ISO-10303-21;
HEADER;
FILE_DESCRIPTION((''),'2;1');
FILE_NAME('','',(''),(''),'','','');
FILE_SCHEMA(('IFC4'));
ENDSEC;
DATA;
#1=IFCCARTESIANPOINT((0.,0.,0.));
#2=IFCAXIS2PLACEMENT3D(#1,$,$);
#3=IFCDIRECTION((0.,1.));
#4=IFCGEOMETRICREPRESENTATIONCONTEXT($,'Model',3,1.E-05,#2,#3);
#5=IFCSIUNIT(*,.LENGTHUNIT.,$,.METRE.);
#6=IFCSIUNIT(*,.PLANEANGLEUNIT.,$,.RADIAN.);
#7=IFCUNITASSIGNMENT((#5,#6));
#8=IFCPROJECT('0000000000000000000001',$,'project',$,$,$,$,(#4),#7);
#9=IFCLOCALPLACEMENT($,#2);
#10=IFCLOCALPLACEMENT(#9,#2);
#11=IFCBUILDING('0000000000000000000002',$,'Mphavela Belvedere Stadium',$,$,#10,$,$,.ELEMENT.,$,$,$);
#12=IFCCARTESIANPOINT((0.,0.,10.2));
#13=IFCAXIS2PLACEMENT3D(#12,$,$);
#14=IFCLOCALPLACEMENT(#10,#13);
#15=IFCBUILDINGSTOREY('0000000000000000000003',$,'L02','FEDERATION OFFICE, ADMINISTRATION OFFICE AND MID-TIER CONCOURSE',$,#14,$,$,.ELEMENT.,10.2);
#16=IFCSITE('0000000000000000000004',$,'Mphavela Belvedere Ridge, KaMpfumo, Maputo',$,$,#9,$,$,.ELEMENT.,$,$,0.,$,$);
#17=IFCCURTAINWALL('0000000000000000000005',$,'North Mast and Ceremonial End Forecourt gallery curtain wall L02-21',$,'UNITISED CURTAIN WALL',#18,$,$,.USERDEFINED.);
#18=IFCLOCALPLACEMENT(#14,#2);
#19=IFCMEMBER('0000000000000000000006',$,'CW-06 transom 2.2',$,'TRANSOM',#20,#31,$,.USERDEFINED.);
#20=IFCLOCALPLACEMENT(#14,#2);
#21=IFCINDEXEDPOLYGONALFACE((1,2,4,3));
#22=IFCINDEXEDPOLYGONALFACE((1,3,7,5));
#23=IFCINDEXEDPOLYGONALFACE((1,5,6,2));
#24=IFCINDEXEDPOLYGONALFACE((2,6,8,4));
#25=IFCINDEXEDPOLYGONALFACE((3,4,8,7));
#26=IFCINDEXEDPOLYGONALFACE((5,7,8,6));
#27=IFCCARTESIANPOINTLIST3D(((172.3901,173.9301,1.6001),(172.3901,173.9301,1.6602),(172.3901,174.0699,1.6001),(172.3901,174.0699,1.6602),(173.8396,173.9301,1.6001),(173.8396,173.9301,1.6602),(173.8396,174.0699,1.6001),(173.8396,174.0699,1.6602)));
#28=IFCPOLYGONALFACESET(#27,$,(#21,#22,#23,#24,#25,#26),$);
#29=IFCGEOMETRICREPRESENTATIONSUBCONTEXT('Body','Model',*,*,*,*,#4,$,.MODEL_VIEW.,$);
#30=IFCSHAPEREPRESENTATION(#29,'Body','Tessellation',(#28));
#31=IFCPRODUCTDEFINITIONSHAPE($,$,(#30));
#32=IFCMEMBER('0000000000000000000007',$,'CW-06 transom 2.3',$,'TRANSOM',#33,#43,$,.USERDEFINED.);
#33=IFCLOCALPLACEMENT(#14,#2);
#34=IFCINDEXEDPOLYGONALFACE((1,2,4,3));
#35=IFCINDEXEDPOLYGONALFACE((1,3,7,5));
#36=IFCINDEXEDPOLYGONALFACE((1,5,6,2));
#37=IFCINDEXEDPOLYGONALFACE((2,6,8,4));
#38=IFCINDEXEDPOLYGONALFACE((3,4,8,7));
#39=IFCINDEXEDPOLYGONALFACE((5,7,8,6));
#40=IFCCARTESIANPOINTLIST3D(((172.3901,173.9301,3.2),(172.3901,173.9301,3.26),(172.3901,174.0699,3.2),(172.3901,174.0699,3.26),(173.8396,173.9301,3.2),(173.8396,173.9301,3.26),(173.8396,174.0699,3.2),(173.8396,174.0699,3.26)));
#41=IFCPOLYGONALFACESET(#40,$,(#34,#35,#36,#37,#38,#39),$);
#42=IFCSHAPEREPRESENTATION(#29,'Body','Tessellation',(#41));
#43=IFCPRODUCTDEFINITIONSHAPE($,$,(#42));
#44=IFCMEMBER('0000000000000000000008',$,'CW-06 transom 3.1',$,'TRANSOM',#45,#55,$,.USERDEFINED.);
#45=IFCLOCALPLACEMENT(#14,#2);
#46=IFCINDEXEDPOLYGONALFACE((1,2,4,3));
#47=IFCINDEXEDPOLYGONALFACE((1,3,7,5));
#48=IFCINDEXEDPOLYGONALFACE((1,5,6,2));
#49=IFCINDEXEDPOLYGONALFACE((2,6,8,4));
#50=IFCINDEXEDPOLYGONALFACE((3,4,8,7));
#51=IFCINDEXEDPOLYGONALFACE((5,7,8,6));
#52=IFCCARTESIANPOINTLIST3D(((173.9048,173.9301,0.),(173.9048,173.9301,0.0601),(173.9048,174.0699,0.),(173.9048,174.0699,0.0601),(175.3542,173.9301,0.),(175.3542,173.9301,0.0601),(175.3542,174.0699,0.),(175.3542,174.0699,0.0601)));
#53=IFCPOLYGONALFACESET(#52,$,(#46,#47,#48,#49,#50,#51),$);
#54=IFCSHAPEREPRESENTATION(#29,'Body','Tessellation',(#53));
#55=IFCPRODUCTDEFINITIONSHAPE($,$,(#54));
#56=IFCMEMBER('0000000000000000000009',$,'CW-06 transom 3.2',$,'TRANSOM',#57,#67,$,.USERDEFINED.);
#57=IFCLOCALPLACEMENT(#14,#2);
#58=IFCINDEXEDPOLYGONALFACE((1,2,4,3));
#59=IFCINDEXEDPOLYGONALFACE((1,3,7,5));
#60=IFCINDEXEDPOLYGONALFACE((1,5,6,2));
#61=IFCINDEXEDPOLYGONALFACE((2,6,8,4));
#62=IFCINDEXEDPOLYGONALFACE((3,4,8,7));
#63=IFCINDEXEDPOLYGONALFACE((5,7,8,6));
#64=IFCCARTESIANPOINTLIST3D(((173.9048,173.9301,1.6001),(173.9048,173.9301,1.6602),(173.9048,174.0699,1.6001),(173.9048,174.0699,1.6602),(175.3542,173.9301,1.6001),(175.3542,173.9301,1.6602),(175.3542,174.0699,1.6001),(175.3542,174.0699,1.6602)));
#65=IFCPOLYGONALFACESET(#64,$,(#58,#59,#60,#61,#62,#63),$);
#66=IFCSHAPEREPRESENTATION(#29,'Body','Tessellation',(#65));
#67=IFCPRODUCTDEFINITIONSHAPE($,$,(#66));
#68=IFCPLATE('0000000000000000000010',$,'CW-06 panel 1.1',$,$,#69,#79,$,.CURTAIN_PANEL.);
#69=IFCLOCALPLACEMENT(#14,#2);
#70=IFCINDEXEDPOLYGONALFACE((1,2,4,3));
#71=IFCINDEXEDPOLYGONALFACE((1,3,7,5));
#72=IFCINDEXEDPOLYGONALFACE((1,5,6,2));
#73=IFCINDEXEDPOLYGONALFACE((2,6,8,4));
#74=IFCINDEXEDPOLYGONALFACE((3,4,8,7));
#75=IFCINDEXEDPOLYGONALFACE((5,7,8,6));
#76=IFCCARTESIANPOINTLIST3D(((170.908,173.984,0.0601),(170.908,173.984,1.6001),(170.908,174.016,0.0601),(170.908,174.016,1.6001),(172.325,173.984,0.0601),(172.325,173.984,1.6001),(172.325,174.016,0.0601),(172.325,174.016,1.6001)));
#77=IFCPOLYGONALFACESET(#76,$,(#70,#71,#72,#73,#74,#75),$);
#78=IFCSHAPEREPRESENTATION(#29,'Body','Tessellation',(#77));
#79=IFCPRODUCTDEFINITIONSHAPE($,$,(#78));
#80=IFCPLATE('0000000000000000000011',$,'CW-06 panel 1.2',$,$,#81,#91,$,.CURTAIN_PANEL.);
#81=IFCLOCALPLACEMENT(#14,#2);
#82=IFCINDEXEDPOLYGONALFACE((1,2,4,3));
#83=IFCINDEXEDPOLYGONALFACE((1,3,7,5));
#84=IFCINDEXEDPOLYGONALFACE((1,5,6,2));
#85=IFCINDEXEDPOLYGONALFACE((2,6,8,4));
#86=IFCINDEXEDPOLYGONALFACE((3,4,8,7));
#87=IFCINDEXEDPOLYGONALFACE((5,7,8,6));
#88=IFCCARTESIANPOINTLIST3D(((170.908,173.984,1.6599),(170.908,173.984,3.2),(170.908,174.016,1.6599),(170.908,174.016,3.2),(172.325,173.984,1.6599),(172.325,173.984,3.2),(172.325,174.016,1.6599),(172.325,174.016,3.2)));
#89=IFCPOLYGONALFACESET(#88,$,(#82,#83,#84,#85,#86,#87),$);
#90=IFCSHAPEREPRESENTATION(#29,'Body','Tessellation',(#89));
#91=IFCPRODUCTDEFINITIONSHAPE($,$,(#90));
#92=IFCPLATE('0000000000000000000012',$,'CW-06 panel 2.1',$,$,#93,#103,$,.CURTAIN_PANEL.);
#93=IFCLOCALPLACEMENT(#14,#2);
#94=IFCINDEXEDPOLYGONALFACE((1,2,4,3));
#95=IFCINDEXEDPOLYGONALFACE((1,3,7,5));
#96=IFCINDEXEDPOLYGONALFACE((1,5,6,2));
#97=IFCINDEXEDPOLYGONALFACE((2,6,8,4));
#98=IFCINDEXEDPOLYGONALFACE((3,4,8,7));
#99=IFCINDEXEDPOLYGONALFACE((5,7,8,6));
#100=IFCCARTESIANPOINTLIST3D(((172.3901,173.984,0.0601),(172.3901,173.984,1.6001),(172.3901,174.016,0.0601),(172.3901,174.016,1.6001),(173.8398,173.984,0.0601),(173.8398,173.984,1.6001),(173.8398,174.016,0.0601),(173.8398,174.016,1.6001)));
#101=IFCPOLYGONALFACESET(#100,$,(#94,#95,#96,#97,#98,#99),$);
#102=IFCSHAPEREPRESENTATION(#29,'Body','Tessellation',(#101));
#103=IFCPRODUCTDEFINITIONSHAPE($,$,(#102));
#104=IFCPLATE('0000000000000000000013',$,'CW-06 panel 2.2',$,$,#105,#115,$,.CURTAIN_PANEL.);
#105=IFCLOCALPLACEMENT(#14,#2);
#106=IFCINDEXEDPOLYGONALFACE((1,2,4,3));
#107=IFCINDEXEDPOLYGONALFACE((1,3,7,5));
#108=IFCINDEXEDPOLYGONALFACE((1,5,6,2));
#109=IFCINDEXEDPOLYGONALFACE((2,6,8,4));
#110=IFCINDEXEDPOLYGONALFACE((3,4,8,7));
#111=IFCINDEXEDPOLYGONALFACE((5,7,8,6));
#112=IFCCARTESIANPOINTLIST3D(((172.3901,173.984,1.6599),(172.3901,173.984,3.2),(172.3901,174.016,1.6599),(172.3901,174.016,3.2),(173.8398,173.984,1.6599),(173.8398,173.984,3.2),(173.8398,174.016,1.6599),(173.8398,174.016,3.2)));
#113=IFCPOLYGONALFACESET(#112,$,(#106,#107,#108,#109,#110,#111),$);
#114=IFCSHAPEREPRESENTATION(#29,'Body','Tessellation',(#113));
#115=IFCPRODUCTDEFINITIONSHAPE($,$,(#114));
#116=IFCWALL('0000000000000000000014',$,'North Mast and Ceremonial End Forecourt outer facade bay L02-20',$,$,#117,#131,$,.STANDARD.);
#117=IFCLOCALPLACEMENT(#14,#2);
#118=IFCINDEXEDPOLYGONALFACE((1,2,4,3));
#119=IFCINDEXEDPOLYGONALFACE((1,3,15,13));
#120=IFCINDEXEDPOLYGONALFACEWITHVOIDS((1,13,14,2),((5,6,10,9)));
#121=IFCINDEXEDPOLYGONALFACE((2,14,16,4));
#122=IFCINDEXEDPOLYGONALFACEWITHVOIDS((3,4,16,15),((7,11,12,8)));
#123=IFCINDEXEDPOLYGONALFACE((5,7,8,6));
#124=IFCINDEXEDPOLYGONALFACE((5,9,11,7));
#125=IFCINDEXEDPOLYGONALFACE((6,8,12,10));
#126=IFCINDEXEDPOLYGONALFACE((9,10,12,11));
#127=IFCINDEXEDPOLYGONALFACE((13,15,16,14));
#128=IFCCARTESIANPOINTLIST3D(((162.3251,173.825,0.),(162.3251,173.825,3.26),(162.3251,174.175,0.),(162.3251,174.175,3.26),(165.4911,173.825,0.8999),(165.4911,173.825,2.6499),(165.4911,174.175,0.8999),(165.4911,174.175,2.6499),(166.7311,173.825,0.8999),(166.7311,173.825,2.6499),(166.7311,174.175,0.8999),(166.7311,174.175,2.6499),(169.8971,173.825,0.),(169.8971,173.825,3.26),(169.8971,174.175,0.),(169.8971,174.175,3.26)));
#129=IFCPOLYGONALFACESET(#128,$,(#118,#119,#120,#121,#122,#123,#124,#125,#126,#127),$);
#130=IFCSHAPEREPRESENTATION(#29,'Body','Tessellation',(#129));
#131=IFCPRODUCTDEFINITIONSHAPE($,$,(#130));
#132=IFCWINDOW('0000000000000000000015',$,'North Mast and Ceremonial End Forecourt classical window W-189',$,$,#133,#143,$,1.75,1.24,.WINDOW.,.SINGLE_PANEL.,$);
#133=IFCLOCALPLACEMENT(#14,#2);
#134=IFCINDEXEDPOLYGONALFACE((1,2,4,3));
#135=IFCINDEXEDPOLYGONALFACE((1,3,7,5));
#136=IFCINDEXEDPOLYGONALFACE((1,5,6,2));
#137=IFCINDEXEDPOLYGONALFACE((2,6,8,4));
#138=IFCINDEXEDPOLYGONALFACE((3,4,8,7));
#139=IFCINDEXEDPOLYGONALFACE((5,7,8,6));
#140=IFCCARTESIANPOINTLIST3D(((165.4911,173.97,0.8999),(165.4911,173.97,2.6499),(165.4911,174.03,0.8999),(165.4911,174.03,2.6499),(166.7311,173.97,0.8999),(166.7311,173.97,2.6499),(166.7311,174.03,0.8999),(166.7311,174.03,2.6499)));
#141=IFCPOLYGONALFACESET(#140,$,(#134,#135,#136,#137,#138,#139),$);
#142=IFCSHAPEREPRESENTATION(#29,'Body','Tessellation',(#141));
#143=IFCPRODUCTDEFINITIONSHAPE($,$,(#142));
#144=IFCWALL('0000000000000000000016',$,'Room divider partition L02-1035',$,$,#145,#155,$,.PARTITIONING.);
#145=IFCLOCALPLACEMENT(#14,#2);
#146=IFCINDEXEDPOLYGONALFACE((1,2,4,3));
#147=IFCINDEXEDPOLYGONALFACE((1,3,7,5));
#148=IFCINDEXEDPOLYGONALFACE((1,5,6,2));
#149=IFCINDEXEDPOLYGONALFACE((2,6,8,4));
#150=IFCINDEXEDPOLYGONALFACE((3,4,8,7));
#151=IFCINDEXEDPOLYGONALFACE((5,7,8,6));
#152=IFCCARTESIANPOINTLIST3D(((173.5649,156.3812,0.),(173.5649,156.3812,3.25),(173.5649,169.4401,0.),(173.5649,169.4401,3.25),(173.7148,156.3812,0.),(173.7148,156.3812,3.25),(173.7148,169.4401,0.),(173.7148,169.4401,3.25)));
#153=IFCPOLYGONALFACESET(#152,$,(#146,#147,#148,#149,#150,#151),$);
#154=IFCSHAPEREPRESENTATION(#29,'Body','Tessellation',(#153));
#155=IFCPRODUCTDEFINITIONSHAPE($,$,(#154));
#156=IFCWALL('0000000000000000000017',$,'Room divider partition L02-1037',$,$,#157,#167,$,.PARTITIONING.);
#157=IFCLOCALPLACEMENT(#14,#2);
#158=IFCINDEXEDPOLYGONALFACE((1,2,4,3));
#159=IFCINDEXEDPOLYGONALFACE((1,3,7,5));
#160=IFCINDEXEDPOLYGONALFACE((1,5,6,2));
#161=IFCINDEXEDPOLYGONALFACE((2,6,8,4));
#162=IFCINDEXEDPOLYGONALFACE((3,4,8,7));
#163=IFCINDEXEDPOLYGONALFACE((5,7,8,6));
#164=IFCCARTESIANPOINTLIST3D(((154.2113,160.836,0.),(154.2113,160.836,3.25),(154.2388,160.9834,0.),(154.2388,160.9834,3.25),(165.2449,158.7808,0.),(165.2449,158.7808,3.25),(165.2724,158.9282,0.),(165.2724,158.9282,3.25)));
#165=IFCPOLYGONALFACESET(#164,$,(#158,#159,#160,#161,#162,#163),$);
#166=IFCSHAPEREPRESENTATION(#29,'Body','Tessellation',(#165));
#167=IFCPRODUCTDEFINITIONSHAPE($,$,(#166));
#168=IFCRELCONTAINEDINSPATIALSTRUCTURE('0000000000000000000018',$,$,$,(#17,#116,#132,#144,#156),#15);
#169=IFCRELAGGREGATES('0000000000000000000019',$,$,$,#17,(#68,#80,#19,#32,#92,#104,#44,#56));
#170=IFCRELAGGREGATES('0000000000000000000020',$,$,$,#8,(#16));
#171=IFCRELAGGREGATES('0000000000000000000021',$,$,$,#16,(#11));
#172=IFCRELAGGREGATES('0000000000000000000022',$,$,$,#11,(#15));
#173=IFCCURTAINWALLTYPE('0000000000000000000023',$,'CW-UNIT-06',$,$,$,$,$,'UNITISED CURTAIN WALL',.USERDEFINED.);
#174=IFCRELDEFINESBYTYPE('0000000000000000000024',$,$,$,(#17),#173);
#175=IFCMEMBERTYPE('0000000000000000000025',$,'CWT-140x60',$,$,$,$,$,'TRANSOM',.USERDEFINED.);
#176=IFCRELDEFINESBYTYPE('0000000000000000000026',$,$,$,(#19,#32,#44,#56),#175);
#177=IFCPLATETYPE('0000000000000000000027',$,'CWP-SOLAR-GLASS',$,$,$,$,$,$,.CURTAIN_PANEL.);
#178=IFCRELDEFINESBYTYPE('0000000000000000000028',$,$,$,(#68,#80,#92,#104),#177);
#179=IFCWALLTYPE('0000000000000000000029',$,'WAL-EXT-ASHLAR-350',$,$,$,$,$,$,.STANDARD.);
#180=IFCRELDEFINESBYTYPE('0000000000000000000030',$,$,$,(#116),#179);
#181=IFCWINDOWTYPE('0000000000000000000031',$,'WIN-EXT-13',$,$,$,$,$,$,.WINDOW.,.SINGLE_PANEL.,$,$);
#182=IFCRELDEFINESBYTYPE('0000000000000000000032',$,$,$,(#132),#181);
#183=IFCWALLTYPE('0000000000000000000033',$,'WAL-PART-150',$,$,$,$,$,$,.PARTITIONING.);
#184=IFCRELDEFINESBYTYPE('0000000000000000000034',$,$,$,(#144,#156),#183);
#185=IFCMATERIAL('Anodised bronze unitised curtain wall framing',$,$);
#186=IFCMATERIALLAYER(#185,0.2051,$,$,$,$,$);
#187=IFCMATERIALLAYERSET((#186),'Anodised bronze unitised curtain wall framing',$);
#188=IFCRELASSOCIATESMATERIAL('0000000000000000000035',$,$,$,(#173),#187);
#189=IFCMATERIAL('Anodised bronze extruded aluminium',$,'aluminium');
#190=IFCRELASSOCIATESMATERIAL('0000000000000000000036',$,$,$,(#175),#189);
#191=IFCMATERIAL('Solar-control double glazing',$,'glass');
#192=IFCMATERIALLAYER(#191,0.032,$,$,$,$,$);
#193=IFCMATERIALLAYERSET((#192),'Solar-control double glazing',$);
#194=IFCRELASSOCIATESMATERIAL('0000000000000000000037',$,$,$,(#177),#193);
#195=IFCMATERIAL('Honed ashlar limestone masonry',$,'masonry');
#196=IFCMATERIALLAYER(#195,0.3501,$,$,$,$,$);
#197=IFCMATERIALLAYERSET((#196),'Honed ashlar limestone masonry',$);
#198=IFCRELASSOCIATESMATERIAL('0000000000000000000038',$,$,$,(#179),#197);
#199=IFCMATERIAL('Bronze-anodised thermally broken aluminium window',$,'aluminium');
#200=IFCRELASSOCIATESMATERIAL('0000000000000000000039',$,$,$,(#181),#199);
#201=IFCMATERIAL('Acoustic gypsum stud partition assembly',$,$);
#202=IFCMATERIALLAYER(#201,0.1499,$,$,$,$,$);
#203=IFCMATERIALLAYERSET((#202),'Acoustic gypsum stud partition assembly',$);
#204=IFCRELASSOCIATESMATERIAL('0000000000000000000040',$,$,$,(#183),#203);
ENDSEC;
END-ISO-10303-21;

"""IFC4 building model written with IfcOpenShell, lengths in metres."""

from ifc_helpers import new_model, si_unit, direction, frame, frame_2d, origin, origin_2d, place, context, subcontext, project, spatial, rectangle, extrude, material, layer, layer_set, material_profile, profile_set, type_object, element, fill, aggregate, save


model = new_model("IFC4")

# Units and contexts
model_context = context("Model", 3, precision=1e-05, world=origin(), true_north=direction((0.0, 1.0)))
body_context = subcontext(model_context, "Body", "Model", "MODEL_VIEW")
ifc_project = project(units=[si_unit("LENGTHUNIT", "METRE"), si_unit("PLANEANGLEUNIT", "RADIAN")], contexts=[model_context])

# Site, building, storey
site_placement = place(None, origin())
site = spatial("IfcSite", under=ifc_project, at=site_placement, Name="Mphavela Belvedere Ridge, KaMpfumo, Maputo", CompositionType="ELEMENT", RefElevation=0.0)
building_placement = place(site_placement, origin())
building = spatial("IfcBuilding", under=site, at=building_placement, Name="Mphavela Belvedere Stadium", CompositionType="ELEMENT")
storey_placement = place(building_placement, frame((0.0, 0.0, 10.2)))
storey = spatial("IfcBuildingStorey", under=building, at=storey_placement, Name="L02", Description="FEDERATION OFFICE, ADMINISTRATION OFFICE AND MID-TIER CONCOURSE", CompositionType="ELEMENT", Elevation=10.2)

# Curtain wall, members, plates
ifc_material_1 = material(Name="Anodised bronze unitised curtain wall framing")
ifc_layer_1 = layer(ifc_material_1, 0.2051)
ifc_layer_set_1 = layer_set([ifc_layer_1], Name="Anodised bronze unitised curtain wall framing")
curtain_wall_type = type_object("IfcCurtainWallType", Name="CW-UNIT-06", ElementType="UNITISED CURTAIN WALL", PredefinedType="USERDEFINED", material=ifc_layer_set_1)
curtain_wall_placement = place(storey_placement, origin())
curtain_wall = element("IfcCurtainWall", 1, at=curtain_wall_placement, inside=storey, type_object=curtain_wall_type, Name="North Mast and Ceremonial End Forecourt gallery curtain wall L02-21", ObjectType="UNITISED CURTAIN WALL", PredefinedType="USERDEFINED")
ifc_material_2 = material(Name="Anodised bronze extruded aluminium", Category="aluminium")
ifc_material_profile_1 = material_profile(ifc_material_2, rectangle(XDim=0.1399, YDim=0.0601, at=origin_2d()), Name="CW-TRN 140x60")
ifc_profile_set_1 = profile_set([ifc_material_profile_1], Name="Anodised bronze extruded aluminium")
member_type_1 = type_object("IfcMemberType", Name="CWT-140x60", ElementType="TRANSOM", PredefinedType="USERDEFINED", material=ifc_profile_set_1)
member_1_placement = place(storey_placement, frame((172.3901, 174.0, 1.6301), z_axis=(1.0, 0.0, 0.0), x_axis=(0.0, 1.0, 0.0)))
member_1 = element("IfcMember", 2, at=member_1_placement, type_object=member_type_1, Name="CW-06 transom 2.2", ObjectType="TRANSOM", PredefinedType="USERDEFINED", context=body_context, shape_type="SweptSolid", body=[
    extrude(rectangle(XDim=0.1399, YDim=0.0601, at=origin_2d()), origin(), (0.0, 0.0, 1.0), 1.4495),
])
member_2_placement = place(storey_placement, frame((172.3901, 174.0, 3.23), z_axis=(1.0, 0.0, 0.0), x_axis=(0.0, 1.0, 0.0)))
member_2 = element("IfcMember", 3, at=member_2_placement, type_object=member_type_1, Name="CW-06 transom 2.3", ObjectType="TRANSOM", PredefinedType="USERDEFINED", context=body_context, shape_type="SweptSolid", body=[
    extrude(rectangle(XDim=0.1399, YDim=0.0601, at=origin_2d()), origin(), (0.0, 0.0, 1.0), 1.4495),
])
member_3_placement = place(storey_placement, frame((173.9048, 174.0, 0.03), z_axis=(1.0, 0.0, 0.0), x_axis=(0.0, 1.0, 0.0)))
member_3 = element("IfcMember", 4, at=member_3_placement, type_object=member_type_1, Name="CW-06 transom 3.1", ObjectType="TRANSOM", PredefinedType="USERDEFINED", context=body_context, shape_type="SweptSolid", body=[
    extrude(rectangle(XDim=0.1399, YDim=0.0601, at=origin_2d()), origin(), (0.0, 0.0, 1.0), 1.4495),
])
member_4_placement = place(storey_placement, frame((173.9048, 174.0, 1.6301), z_axis=(1.0, 0.0, 0.0), x_axis=(0.0, 1.0, 0.0)))
member_4 = element("IfcMember", 5, at=member_4_placement, type_object=member_type_1, Name="CW-06 transom 3.2", ObjectType="TRANSOM", PredefinedType="USERDEFINED", context=body_context, shape_type="SweptSolid", body=[
    extrude(rectangle(XDim=0.1399, YDim=0.0601, at=origin_2d()), origin(), (0.0, 0.0, 1.0), 1.4495),
])
ifc_material_3 = material(Name="Solar-control double glazing", Category="glass")
ifc_layer_2 = layer(ifc_material_3, 0.032)
ifc_layer_set_2 = layer_set([ifc_layer_2], Name="Solar-control double glazing")
plate_type = type_object("IfcPlateType", Name="CWP-SOLAR-GLASS", PredefinedType="CURTAIN_PANEL", material=ifc_layer_set_2)
plate_1_placement = place(storey_placement, frame((171.6165, 174.0, 0.0601), z_axis=(0.0, 0.0, 1.0), x_axis=(1.0, 0.0, 0.0)))
plate_1 = element("IfcPlate", 6, at=plate_1_placement, type_object=plate_type, Name="CW-06 panel 1.1", PredefinedType="CURTAIN_PANEL", context=body_context, shape_type="SweptSolid", body=[
    extrude(rectangle(XDim=1.417, YDim=0.032, at=origin_2d()), origin(), (0.0, 0.0, 1.0), 1.54),
])
plate_2_placement = place(storey_placement, frame((171.6165, 174.0, 1.6599), z_axis=(0.0, 0.0, 1.0), x_axis=(1.0, 0.0, 0.0)))
plate_2 = element("IfcPlate", 7, at=plate_2_placement, type_object=plate_type, Name="CW-06 panel 1.2", PredefinedType="CURTAIN_PANEL", context=body_context, shape_type="SweptSolid", body=[
    extrude(rectangle(XDim=1.417, YDim=0.032, at=origin_2d()), origin(), (0.0, 0.0, 1.0), 1.54),
])
plate_3_placement = place(storey_placement, frame((173.115, 174.0, 0.0601), z_axis=(0.0, 0.0, 1.0), x_axis=(1.0, 0.0, 0.0)))
plate_3 = element("IfcPlate", 8, at=plate_3_placement, type_object=plate_type, Name="CW-06 panel 2.1", PredefinedType="CURTAIN_PANEL", context=body_context, shape_type="SweptSolid", body=[
    extrude(rectangle(XDim=1.4497, YDim=0.032, at=origin_2d()), origin(), (0.0, 0.0, 1.0), 1.54),
])
plate_4_placement = place(storey_placement, frame((173.115, 174.0, 1.6599), z_axis=(0.0, 0.0, 1.0), x_axis=(1.0, 0.0, 0.0)))
plate_4 = element("IfcPlate", 9, at=plate_4_placement, type_object=plate_type, Name="CW-06 panel 2.2", PredefinedType="CURTAIN_PANEL", context=body_context, shape_type="SweptSolid", body=[
    extrude(rectangle(XDim=1.4497, YDim=0.032, at=origin_2d()), origin(), (0.0, 0.0, 1.0), 1.54),
])
aggregate(curtain_wall, [plate_1, plate_2, member_1, member_2, plate_3, plate_4, member_3, member_4])

# Wall, opening, window
ifc_material_4 = material(Name="Honed ashlar limestone masonry", Category="masonry")
ifc_layer_3 = layer(ifc_material_4, 0.3501)
ifc_layer_set_3 = layer_set([ifc_layer_3], Name="Honed ashlar limestone masonry")
wall_type_1 = type_object("IfcWallType", Name="WAL-EXT-ASHLAR-350", PredefinedType="STANDARD", material=ifc_layer_set_3)
wall_1_placement = place(storey_placement, frame((162.325, 174.0, 0.0), z_axis=(0.0, 0.0, 1.0), x_axis=(1.0, 0.0, 0.0)))
wall_1 = element("IfcWall", 10, at=wall_1_placement, inside=storey, type_object=wall_type_1, Name="North Mast and Ceremonial End Forecourt outer facade bay L02-20", PredefinedType="STANDARD", context=body_context, shape_type="SweptSolid", body=[
    extrude(rectangle(XDim=7.572, YDim=0.3501, at=frame_2d((3.7861, 0.0))), origin(), (0.0, 0.0, 1.0), 3.26),
])
opening_placement = place(wall_1_placement, frame((3.166, 0.0, 0.8999)))
opening = element("IfcOpeningElement", 11, at=opening_placement, cuts=wall_1, PredefinedType="OPENING", context=body_context, shape_type="SweptSolid", body=[
    extrude(rectangle(XDim=1.24, YDim=1.75, at=frame_2d((0.6201, 0.875))), frame((0.0, 0.1851, 0.0), z_axis=(0.0, -1.0, 0.0), x_axis=(1.0, 0.0, 0.0)), (0.0, 0.0, 1.0), 0.3701),
])
ifc_material_5 = material(Name="Bronze-anodised thermally broken aluminium window", Category="aluminium")
window_type = type_object("IfcWindowType", Name="WIN-EXT-13", PartitioningType="SINGLE_PANEL", PredefinedType="WINDOW", material=ifc_material_5)
window_placement = place(opening_placement, origin())
window = element("IfcWindow", 12, at=window_placement, inside=storey, type_object=window_type, Name="North Mast and Ceremonial End Forecourt classical window W-189", OverallHeight=1.75, OverallWidth=1.24, PartitioningType="SINGLE_PANEL", PredefinedType="WINDOW", context=body_context, shape_type="SweptSolid", body=[
    extrude(rectangle(XDim=1.24, YDim=1.75, at=frame_2d((0.6201, 0.875))), frame((0.0, 0.03, 0.0), z_axis=(0.0, -1.0, 0.0), x_axis=(1.0, 0.0, 0.0)), (0.0, 0.0, 1.0), 0.0601),
])
fill(opening, window)

# Walls
ifc_material_6 = material(Name="Acoustic gypsum stud partition assembly")
ifc_layer_4 = layer(ifc_material_6, 0.1499)
ifc_layer_set_4 = layer_set([ifc_layer_4], Name="Acoustic gypsum stud partition assembly")
wall_type_2 = type_object("IfcWallType", Name="WAL-PART-150", PredefinedType="PARTITIONING", material=ifc_layer_set_4)
wall_2_placement = place(storey_placement, frame((173.6399, 169.4399, 0.0), z_axis=(0.0, 0.0, 1.0), x_axis=(0.0, -1.0, 0.0)))
element("IfcWall", 13, at=wall_2_placement, inside=storey, type_object=wall_type_2, Name="Room divider partition L02-1035", PredefinedType="PARTITIONING", context=body_context, shape_type="SweptSolid", body=[
    extrude(rectangle(XDim=13.0588, YDim=0.1499, at=frame_2d((6.5293, 0.0))), origin(), (0.0, 0.0, 1.0), 3.25),
])
wall_3_placement = place(storey_placement, frame((165.2588, 158.8545, 0.0), z_axis=(0.0, 0.0, 1.0), x_axis=(-0.983092, 0.183114, 0.0)))
element("IfcWall", 14, at=wall_3_placement, inside=storey, type_object=wall_type_2, Name="Room divider partition L02-1037", PredefinedType="PARTITIONING", context=body_context, shape_type="SweptSolid", body=[
    extrude(rectangle(XDim=11.2234, YDim=0.1499, at=frame_2d((5.6118, 0.0))), origin(), (0.0, 0.0, 1.0), 3.25),
])

save(model, "model.ifc")
